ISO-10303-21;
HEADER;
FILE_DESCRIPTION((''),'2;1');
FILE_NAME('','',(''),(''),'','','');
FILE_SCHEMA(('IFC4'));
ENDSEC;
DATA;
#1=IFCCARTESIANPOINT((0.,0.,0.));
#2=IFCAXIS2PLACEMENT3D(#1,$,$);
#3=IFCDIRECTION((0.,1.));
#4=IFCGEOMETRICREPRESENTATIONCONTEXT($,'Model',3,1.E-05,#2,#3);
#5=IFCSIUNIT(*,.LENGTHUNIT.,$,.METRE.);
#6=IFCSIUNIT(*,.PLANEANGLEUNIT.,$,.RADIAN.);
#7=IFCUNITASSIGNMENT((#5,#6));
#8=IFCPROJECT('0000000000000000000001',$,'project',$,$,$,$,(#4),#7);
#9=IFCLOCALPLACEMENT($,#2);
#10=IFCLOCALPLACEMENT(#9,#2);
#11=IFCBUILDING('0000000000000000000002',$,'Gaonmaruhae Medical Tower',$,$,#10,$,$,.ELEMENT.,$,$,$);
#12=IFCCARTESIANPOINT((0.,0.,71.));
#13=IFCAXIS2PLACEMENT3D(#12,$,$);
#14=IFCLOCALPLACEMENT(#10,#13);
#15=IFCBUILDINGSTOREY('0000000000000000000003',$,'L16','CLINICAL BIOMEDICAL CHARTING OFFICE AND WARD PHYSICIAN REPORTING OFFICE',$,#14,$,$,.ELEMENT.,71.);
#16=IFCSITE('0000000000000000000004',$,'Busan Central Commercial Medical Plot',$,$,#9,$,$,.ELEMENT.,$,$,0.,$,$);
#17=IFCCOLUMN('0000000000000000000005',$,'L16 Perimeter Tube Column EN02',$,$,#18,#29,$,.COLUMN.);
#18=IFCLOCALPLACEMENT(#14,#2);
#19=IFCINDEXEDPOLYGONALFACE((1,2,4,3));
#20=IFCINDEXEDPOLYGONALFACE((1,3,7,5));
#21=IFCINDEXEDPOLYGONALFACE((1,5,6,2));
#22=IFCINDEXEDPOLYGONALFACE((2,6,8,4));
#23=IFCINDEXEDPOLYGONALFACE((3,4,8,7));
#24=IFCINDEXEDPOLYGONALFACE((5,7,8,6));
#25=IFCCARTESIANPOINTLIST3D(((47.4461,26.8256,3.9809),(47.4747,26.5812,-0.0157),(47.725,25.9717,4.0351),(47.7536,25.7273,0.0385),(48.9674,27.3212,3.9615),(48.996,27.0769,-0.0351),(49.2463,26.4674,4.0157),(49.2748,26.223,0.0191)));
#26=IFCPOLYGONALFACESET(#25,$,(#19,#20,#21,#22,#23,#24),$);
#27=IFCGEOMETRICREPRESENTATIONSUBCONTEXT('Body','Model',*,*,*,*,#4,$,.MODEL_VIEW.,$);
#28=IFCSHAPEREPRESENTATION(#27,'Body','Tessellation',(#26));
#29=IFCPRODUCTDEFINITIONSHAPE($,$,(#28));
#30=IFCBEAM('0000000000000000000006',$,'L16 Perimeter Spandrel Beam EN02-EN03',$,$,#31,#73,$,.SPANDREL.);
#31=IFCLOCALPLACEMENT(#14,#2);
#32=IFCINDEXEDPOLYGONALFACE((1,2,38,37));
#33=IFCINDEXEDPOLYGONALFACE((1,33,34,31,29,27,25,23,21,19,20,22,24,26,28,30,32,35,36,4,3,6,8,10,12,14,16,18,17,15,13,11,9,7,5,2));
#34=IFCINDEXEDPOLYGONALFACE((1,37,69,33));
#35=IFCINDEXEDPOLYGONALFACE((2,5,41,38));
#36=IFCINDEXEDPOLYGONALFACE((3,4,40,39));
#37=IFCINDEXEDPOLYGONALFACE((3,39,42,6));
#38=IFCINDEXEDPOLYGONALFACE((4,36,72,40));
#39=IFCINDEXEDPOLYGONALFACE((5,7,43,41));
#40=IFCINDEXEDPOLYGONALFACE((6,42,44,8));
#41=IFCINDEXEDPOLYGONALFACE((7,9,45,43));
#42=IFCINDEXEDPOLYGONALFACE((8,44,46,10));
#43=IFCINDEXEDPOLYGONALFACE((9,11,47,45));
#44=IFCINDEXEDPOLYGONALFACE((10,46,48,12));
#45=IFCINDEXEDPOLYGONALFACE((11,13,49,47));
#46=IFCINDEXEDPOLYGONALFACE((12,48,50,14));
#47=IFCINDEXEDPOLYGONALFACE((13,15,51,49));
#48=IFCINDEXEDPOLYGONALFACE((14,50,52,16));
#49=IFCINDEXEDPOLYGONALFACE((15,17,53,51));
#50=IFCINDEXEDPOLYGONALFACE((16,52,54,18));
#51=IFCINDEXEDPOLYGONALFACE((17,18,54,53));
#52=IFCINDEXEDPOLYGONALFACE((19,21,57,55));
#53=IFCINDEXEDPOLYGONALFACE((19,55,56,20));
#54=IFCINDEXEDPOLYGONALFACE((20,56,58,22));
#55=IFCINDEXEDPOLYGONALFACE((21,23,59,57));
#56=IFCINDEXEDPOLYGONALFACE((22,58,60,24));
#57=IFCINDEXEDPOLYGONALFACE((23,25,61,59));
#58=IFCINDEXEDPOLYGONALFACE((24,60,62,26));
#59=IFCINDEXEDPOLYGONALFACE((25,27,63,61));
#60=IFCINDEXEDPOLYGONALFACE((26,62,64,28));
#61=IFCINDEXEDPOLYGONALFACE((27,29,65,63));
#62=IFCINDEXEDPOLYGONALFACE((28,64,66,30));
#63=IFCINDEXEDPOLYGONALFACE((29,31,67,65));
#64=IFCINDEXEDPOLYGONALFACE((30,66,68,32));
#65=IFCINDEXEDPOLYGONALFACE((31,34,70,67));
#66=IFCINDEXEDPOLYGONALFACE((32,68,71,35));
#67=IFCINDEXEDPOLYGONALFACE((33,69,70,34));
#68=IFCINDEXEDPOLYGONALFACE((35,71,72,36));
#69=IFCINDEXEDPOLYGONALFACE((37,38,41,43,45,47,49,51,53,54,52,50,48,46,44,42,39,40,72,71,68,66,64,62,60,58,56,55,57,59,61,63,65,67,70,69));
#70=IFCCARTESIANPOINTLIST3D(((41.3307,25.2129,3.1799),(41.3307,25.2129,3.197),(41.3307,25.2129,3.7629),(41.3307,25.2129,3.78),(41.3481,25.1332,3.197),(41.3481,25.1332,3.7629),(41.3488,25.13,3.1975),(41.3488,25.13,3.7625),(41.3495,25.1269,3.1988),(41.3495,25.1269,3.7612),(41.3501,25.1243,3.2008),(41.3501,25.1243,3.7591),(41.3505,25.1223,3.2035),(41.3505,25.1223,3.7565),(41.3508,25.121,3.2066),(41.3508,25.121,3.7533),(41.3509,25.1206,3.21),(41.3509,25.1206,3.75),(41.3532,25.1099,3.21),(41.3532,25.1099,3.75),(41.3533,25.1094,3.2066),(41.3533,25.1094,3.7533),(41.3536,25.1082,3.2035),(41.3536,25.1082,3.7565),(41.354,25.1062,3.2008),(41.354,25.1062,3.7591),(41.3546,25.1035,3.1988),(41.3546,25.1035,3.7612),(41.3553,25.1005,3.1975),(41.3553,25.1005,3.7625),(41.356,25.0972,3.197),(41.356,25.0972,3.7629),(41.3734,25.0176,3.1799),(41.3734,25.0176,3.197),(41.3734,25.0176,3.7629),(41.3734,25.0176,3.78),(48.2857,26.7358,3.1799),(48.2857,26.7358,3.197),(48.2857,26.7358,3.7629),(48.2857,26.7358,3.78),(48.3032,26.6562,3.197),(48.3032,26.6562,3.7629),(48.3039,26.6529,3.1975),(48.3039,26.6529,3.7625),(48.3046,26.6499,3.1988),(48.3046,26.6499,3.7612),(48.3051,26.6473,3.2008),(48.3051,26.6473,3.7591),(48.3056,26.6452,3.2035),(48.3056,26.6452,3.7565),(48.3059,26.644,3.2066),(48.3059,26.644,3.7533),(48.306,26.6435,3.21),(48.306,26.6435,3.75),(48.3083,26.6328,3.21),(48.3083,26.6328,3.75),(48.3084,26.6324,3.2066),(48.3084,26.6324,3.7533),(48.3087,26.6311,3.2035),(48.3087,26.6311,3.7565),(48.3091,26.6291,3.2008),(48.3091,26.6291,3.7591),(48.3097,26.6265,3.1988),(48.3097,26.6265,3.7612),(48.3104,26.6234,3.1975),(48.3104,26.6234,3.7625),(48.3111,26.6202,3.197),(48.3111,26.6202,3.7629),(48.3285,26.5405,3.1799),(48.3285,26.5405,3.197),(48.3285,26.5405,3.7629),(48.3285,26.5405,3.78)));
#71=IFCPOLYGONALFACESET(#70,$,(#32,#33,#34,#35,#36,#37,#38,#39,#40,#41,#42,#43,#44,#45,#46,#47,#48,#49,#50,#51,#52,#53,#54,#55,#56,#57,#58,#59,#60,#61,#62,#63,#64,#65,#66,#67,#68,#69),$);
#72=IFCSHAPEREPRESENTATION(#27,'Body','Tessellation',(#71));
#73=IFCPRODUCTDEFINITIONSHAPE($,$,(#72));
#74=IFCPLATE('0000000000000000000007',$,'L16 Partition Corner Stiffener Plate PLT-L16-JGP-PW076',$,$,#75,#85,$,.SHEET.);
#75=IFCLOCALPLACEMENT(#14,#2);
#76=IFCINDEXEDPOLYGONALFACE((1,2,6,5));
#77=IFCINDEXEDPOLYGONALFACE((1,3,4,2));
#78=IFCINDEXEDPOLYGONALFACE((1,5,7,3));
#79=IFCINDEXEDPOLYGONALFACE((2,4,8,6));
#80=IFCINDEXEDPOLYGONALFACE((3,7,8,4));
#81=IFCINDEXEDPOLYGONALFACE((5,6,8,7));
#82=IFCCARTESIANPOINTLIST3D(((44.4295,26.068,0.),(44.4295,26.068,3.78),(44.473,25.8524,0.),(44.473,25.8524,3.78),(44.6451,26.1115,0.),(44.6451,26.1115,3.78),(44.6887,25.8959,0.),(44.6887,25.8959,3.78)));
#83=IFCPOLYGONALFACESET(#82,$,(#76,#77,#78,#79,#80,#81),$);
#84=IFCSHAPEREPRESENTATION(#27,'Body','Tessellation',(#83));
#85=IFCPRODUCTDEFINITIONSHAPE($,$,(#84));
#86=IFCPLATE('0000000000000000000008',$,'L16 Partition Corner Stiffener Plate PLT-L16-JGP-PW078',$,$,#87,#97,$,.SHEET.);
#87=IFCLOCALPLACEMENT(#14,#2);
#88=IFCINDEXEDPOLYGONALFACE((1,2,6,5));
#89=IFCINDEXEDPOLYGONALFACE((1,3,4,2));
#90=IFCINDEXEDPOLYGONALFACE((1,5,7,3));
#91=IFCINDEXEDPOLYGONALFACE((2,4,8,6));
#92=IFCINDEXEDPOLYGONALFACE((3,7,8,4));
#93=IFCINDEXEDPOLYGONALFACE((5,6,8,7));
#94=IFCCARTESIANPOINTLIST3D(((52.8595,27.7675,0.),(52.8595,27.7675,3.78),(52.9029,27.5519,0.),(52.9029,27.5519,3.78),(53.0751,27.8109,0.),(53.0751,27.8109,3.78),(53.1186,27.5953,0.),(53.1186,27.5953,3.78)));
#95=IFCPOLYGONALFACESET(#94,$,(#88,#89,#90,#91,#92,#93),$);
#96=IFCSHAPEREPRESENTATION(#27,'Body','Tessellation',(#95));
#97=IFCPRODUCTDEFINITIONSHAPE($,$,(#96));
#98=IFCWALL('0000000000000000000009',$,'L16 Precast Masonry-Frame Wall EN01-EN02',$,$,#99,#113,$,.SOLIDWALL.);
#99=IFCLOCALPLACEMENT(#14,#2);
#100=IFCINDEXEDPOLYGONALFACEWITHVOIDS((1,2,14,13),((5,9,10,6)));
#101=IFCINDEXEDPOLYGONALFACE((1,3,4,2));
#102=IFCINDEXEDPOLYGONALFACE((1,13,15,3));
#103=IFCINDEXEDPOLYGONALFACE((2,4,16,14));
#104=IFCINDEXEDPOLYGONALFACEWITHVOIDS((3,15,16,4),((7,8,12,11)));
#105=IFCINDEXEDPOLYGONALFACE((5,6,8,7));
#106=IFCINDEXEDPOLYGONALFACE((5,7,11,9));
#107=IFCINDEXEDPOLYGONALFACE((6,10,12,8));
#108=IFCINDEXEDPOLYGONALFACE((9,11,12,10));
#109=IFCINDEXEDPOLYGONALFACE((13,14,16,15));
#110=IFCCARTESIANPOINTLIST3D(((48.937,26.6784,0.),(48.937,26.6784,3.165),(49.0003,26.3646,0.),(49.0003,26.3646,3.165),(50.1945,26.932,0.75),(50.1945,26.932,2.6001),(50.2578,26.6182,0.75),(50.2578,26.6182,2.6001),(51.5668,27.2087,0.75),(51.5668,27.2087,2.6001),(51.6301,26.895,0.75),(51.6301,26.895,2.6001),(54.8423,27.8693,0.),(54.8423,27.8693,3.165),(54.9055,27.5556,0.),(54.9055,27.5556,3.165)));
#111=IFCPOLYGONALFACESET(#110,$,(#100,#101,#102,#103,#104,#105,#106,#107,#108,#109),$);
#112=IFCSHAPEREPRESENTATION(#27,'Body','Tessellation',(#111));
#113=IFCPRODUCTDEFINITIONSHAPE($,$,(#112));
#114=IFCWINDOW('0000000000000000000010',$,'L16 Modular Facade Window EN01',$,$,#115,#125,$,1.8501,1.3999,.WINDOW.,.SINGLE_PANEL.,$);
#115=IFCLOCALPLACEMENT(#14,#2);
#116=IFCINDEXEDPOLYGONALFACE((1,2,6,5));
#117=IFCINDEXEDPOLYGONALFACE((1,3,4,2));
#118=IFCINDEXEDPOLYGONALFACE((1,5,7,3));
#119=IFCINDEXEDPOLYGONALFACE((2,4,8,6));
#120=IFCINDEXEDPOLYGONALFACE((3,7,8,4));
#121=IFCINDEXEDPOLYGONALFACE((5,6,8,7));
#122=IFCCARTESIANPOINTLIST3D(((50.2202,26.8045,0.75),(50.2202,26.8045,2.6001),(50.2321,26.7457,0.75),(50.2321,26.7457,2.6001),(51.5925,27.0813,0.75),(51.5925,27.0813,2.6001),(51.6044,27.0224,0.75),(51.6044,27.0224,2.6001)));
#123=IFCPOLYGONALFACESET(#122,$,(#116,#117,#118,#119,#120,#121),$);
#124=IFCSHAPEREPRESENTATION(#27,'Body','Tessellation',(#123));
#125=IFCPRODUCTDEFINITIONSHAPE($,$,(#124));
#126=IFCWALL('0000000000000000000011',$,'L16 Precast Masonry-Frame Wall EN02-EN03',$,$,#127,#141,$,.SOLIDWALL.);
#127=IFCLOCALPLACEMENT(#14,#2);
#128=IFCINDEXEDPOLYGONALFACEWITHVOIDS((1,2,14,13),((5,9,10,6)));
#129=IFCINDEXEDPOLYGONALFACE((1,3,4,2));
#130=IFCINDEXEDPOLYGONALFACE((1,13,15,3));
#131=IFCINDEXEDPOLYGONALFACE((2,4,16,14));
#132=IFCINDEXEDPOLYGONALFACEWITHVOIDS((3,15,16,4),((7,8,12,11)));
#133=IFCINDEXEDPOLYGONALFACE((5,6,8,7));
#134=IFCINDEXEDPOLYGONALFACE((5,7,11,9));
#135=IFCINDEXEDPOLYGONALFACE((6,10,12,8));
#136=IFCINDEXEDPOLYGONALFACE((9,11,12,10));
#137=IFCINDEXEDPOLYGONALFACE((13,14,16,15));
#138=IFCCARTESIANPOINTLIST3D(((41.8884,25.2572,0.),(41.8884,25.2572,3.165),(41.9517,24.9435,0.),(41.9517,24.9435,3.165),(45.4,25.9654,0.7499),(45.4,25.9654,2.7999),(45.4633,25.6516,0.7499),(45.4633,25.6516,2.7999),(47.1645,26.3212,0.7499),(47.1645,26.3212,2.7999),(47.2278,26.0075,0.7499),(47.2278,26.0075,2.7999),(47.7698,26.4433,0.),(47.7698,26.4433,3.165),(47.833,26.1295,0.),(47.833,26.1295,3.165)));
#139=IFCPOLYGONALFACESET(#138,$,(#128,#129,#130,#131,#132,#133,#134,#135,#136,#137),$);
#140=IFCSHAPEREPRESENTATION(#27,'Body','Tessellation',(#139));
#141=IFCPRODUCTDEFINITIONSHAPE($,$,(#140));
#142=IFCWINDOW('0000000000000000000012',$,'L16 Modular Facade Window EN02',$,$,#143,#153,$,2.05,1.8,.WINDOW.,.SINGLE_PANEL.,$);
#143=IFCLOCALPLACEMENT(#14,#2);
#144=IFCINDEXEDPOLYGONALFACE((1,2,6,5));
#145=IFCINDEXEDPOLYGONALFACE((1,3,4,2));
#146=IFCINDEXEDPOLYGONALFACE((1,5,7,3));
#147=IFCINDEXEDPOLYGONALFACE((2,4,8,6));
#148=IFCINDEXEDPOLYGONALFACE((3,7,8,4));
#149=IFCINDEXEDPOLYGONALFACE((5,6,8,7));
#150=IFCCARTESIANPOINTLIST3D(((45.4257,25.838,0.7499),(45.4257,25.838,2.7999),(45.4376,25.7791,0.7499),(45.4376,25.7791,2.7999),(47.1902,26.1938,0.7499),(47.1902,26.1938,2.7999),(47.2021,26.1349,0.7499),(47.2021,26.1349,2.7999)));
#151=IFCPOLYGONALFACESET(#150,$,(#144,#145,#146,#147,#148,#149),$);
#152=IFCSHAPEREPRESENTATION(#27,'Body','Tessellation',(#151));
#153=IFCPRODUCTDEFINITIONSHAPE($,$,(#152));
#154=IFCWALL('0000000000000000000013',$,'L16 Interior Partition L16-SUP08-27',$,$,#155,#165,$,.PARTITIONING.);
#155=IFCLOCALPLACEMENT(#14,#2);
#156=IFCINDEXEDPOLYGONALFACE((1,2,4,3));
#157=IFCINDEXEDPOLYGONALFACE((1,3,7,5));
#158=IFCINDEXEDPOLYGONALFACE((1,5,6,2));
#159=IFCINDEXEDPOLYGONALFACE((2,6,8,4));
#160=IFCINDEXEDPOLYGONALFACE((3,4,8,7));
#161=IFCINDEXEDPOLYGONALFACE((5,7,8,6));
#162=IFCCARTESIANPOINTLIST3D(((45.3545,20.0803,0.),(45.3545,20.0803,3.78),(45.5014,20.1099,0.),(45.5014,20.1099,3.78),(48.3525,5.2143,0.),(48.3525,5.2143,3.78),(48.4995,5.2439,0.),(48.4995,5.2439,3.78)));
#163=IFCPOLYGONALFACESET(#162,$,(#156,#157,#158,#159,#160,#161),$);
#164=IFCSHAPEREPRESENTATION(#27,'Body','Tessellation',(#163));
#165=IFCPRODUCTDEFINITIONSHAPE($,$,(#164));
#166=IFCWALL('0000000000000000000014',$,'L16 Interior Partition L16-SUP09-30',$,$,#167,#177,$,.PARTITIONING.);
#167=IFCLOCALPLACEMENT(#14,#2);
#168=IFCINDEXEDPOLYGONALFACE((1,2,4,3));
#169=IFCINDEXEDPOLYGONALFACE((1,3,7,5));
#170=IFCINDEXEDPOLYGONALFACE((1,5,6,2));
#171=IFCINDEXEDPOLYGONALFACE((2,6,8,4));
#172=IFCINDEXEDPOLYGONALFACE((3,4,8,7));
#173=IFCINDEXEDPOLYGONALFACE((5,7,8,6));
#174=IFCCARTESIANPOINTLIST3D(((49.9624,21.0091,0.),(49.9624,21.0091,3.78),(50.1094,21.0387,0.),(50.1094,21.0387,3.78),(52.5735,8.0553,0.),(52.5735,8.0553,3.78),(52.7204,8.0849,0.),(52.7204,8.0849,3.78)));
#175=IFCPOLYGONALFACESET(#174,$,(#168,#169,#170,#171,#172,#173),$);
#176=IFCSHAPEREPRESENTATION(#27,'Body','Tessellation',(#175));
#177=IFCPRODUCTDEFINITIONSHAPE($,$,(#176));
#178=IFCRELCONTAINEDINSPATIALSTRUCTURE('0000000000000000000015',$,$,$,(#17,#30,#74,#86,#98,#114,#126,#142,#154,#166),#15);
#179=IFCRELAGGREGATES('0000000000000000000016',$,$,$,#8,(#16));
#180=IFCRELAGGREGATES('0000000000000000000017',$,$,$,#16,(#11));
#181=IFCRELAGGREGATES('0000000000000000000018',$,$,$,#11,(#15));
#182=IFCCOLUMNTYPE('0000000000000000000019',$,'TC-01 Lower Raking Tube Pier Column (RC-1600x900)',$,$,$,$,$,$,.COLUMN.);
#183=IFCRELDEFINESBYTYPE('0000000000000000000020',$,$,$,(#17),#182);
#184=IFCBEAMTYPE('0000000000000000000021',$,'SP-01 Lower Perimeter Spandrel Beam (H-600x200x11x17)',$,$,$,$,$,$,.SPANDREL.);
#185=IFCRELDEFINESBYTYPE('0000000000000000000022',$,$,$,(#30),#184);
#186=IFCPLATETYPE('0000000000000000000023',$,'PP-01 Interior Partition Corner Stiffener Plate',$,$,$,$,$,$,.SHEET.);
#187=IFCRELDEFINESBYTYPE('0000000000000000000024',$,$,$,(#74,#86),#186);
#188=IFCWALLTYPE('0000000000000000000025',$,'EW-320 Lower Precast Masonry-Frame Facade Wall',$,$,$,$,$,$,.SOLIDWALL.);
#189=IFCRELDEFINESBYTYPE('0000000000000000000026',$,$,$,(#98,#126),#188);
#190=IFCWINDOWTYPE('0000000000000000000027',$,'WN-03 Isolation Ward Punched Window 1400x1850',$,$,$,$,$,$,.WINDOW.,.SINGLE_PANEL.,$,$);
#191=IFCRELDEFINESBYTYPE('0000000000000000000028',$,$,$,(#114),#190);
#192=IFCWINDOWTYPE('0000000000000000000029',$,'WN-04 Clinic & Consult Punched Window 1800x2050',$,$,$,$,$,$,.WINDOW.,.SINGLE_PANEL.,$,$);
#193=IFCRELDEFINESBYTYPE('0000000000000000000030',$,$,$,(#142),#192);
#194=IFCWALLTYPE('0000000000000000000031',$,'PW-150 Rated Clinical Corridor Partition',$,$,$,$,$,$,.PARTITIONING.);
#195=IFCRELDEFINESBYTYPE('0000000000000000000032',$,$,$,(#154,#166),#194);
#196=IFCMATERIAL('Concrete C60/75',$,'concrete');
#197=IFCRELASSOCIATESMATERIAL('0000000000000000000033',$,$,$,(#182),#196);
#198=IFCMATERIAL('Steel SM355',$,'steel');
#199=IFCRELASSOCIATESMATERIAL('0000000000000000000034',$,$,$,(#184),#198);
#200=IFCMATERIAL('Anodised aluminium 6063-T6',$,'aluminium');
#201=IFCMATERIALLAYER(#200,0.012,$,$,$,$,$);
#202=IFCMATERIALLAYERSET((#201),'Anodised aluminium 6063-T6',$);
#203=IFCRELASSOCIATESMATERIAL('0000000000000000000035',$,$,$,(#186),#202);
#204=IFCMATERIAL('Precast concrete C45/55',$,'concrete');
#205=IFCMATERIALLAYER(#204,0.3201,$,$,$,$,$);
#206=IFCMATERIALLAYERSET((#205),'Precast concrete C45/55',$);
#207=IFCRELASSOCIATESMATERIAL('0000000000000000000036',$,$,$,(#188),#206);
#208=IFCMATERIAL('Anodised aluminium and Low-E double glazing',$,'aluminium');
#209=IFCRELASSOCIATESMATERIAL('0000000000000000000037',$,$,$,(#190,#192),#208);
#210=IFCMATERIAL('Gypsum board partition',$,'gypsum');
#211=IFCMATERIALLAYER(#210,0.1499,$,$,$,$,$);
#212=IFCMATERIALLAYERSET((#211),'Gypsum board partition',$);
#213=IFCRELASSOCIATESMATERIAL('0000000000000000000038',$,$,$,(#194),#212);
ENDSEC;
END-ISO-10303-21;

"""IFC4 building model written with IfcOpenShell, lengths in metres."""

from ifc_helpers import new_model, si_unit, direction, frame, frame_2d, origin, origin_2d, place, context, subcontext, project, spatial, rectangle, i_section, extrude, material, layer, layer_set, material_profile, profile_set, type_object, element, fill, save


model = new_model("IFC4")

# Units and contexts
model_context = context("Model", 3, precision=1e-05, world=origin(), true_north=direction((0.0, 1.0)))
body_context = subcontext(model_context, "Body", "Model", "MODEL_VIEW")
ifc_project = project(units=[si_unit("LENGTHUNIT", "METRE"), si_unit("PLANEANGLEUNIT", "RADIAN")], contexts=[model_context])

# Site, building, storey
site_placement = place(None, origin())
site = spatial("IfcSite", under=ifc_project, at=site_placement, Name="Busan Central Commercial Medical Plot", CompositionType="ELEMENT", RefElevation=0.0)
building_placement = place(site_placement, origin())
building = spatial("IfcBuilding", under=site, at=building_placement, Name="Gaonmaruhae Medical Tower", CompositionType="ELEMENT")
storey_placement = place(building_placement, frame((0.0, 0.0, 71.0)))
storey = spatial("IfcBuildingStorey", under=building, at=storey_placement, Name="L16", Description="CLINICAL BIOMEDICAL CHARTING OFFICE AND WARD PHYSICIAN REPORTING OFFICE", CompositionType="ELEMENT", Elevation=71.0)

# Column
ifc_material_1 = material(Name="Concrete C60/75", Category="concrete")
ifc_material_profile_1 = material_profile(ifc_material_1, rectangle(XDim=1.6001, YDim=0.8999, at=origin_2d()), Name="RC-1600x900")
ifc_profile_set_1 = profile_set([ifc_material_profile_1], Name="Concrete C60/75")
column_type = type_object("IfcColumnType", Name="TC-01 Lower Raking Tube Pier Column (RC-1600x900)", PredefinedType="COLUMN", material=ifc_profile_set_1)
column_placement = place(storey_placement, frame((48.3748, 26.4021, 0.0017), z_axis=(-0.007134, 0.061033, 0.99811), x_axis=(-0.95074, -0.309752, 0.012146)))
element("IfcColumn", 1, at=column_placement, inside=storey, type_object=column_type, Name="L16 Perimeter Tube Column EN02", PredefinedType="COLUMN", context=body_context, shape_type="SweptSolid", body=[
    extrude(rectangle(XDim=1.6001, YDim=0.8999, at=origin_2d()), origin(), (0.0, 0.0, 1.0), 4.0042),
])

# Beam
ifc_material_2 = material(Name="Steel SM355", Category="steel")
ifc_material_profile_2 = material_profile(ifc_material_2, i_section(OverallWidth=0.2, OverallDepth=0.6001, WebThickness=0.011, FlangeThickness=0.0171, FilletRadius=0.0129, at=origin_2d()), Name="H-600x200x11x17")
ifc_profile_set_2 = profile_set([ifc_material_profile_2], Name="Steel SM355")
beam_type = type_object("IfcBeamType", Name="SP-01 Lower Perimeter Spandrel Beam (H-600x200x11x17)", PredefinedType="SPANDREL", material=ifc_profile_set_2)
beam_placement = place(storey_placement, frame((48.3071, 26.6382, 3.48), z_axis=(-0.976855, -0.213901, 0.0), x_axis=(0.213901, -0.976855, 0.0)))
element("IfcBeam", 2, at=beam_placement, inside=storey, type_object=beam_type, Name="L16 Perimeter Spandrel Beam EN02-EN03", PredefinedType="SPANDREL", context=body_context, shape_type="SweptSolid", body=[
    extrude(i_section(OverallWidth=0.2, OverallDepth=0.6001, WebThickness=0.011, FlangeThickness=0.0171, FilletRadius=0.0129, at=origin_2d()), origin(), (0.0, 0.0, 1.0), 7.1199),
])

# Plates
ifc_material_3 = material(Name="Anodised aluminium 6063-T6", Category="aluminium")
ifc_layer_1 = layer(ifc_material_3, 0.012)
ifc_layer_set_1 = layer_set([ifc_layer_1], Name="Anodised aluminium 6063-T6")
plate_type = type_object("IfcPlateType", Name="PP-01 Interior Partition Corner Stiffener Plate", PredefinedType="SHEET", material=ifc_layer_set_1)
for number, where, z_axis, x_axis, name in (
    (3, (44.5591, 25.9819, 0.0), (0.0, 0.0, 1.0), (-0.197965, 0.980209, 0.0), "L16 Partition Corner Stiffener Plate PLT-L16-JGP-PW076"),
    (4, (52.989, 27.6814, 0.0), (0.0, 0.0, 1.0), (0.197503, -0.980302, 0.0), "L16 Partition Corner Stiffener Plate PLT-L16-JGP-PW078"),
):
    element("IfcPlate", number, at=place(storey_placement, frame(where, z_axis=z_axis, x_axis=x_axis)), inside=storey, type_object=plate_type, Name=name, PredefinedType="SHEET", context=body_context, shape_type="SweptSolid", body=[
        extrude(rectangle(XDim=0.22, YDim=0.22, at=origin_2d()), origin(), (0.0, 0.0, 1.0), 3.78),
    ])

# Walls, openings, windows
ifc_material_4 = material(Name="Precast concrete C45/55", Category="concrete")
ifc_layer_2 = layer(ifc_material_4, 0.3201)
ifc_layer_set_2 = layer_set([ifc_layer_2], Name="Precast concrete C45/55")
wall_type_1 = type_object("IfcWallType", Name="EW-320 Lower Precast Masonry-Frame Facade Wall", PredefinedType="SOLIDWALL", material=ifc_layer_set_2)
wall_1_placement = place(storey_placement, frame((48.9685, 26.5215, 0.0), z_axis=(0.0, 0.0, 1.0), x_axis=(0.980265, 0.19769, 0.0)))
wall_1 = element("IfcWall", 5, at=wall_1_placement, inside=storey, type_object=wall_type_1, Name="L16 Precast Masonry-Frame Wall EN01-EN02", PredefinedType="SOLIDWALL", context=body_context, shape_type="SweptSolid", body=[
    extrude(rectangle(XDim=6.0242, YDim=0.3201, at=frame_2d((3.0122, 0.0))), origin(), (0.0, 0.0, 1.0), 3.165),
])
opening_1_placement = place(wall_1_placement, frame((1.283, 0.0, 0.75)))
opening_1 = element("IfcOpeningElement", 6, at=opening_1_placement, cuts=wall_1, PredefinedType="OPENING", context=body_context, shape_type="SweptSolid", body=[
    extrude(rectangle(XDim=1.3999, YDim=1.8501, at=frame_2d((0.7, 0.925))), frame((0.0, 0.1699, 0.0), z_axis=(0.0, -1.0, 0.0), x_axis=(1.0, 0.0, 0.0)), (0.0, 0.0, 1.0), 0.3401),
])
ifc_material_5 = material(Name="Anodised aluminium and Low-E double glazing", Category="aluminium")
window_type_1 = type_object("IfcWindowType", Name="WN-03 Isolation Ward Punched Window 1400x1850", PartitioningType="SINGLE_PANEL", PredefinedType="WINDOW", material=ifc_material_5)
window_1_placement = place(opening_1_placement, origin())
window_1 = element("IfcWindow", 7, at=window_1_placement, inside=storey, type_object=window_type_1, Name="L16 Modular Facade Window EN01", OverallHeight=1.8501, OverallWidth=1.3999, PartitioningType="SINGLE_PANEL", PredefinedType="WINDOW", context=body_context, shape_type="SweptSolid", body=[
    extrude(rectangle(XDim=1.3999, YDim=1.8501, at=frame_2d((0.7, 0.925))), frame((0.0, 0.03, 0.0), z_axis=(0.0, -1.0, 0.0), x_axis=(1.0, 0.0, 0.0)), (0.0, 0.0, 1.0), 0.0601),
])
fill(opening_1, window_1)
wall_2_placement = place(storey_placement, frame((41.9199, 25.1003, 0.0), z_axis=(0.0, 0.0, 1.0), x_axis=(0.980266, 0.197681, 0.0)))
wall_2 = element("IfcWall", 8, at=wall_2_placement, inside=storey, type_object=wall_type_1, Name="L16 Precast Masonry-Frame Wall EN02-EN03", PredefinedType="SOLIDWALL", context=body_context, shape_type="SweptSolid", body=[
    extrude(rectangle(XDim=5.9998, YDim=0.3201, at=frame_2d((3.0, 0.0))), origin(), (0.0, 0.0, 1.0), 3.165),
])
opening_2_placement = place(wall_2_placement, frame((3.5825, 0.0, 0.75)))
opening_2 = element("IfcOpeningElement", 9, at=opening_2_placement, cuts=wall_2, PredefinedType="OPENING", context=body_context, shape_type="SweptSolid", body=[
    extrude(rectangle(XDim=1.8, YDim=2.05, at=frame_2d((0.8999, 1.0249))), frame((0.0, 0.1699, 0.0), z_axis=(0.0, -1.0, 0.0), x_axis=(1.0, 0.0, 0.0)), (0.0, 0.0, 1.0), 0.3401),
])
window_type_2 = type_object("IfcWindowType", Name="WN-04 Clinic & Consult Punched Window 1800x2050", PartitioningType="SINGLE_PANEL", PredefinedType="WINDOW", material=ifc_material_5)
window_2_placement = place(opening_2_placement, origin())
window_2 = element("IfcWindow", 10, at=window_2_placement, inside=storey, type_object=window_type_2, Name="L16 Modular Facade Window EN02", OverallHeight=2.05, OverallWidth=1.8, PartitioningType="SINGLE_PANEL", PredefinedType="WINDOW", context=body_context, shape_type="SweptSolid", body=[
    extrude(rectangle(XDim=1.8, YDim=2.05, at=frame_2d((0.8999, 1.0249))), frame((0.0, 0.03, 0.0), z_axis=(0.0, -1.0, 0.0), x_axis=(1.0, 0.0, 0.0)), (0.0, 0.0, 1.0), 0.0601),
])
fill(opening_2, window_2)

# Wall
ifc_material_6 = material(Name="Gypsum board partition", Category="gypsum")
ifc_layer_3 = layer(ifc_material_6, 0.1499)
ifc_layer_set_3 = layer_set([ifc_layer_3], Name="Gypsum board partition")
wall_type_2 = type_object("IfcWallType", Name="PW-150 Rated Clinical Corridor Partition", PredefinedType="PARTITIONING", material=ifc_layer_set_3)
wall_3_placement = place(storey_placement, frame((45.428, 20.095, 0.0), z_axis=(0.0, 0.0, 1.0), x_axis=(0.197692, -0.980264, 0.0)))
element("IfcWall", 11, at=wall_3_placement, inside=storey, type_object=wall_type_2, Name="L16 Interior Partition L16-SUP08-27", PredefinedType="PARTITIONING", context=body_context, shape_type="SweptSolid", body=[
    extrude(rectangle(XDim=15.1653, YDim=0.1499, at=frame_2d((7.5825, 0.0))), origin(), (0.0, 0.0, 1.0), 3.78),
])

# Wall
for number, where, z_axis, x_axis, name in (
    (12, (50.0359, 21.0239, 0.0), (0.0, 0.0, 1.0), (0.197594, -0.980284, 0.0), "L16 Interior Partition L16-SUP09-30"),
):
    element("IfcWall", number, at=place(storey_placement, frame(where, z_axis=z_axis, x_axis=x_axis)), inside=storey, type_object=wall_type_2, Name=name, PredefinedType="PARTITIONING", context=body_context, shape_type="SweptSolid", body=[
        extrude(rectangle(XDim=13.2144, YDim=0.1499, at=frame_2d((6.6072, 0.0))), origin(), (0.0, 0.0, 1.0), 3.78),
    ])

save(model, "model.ifc")
